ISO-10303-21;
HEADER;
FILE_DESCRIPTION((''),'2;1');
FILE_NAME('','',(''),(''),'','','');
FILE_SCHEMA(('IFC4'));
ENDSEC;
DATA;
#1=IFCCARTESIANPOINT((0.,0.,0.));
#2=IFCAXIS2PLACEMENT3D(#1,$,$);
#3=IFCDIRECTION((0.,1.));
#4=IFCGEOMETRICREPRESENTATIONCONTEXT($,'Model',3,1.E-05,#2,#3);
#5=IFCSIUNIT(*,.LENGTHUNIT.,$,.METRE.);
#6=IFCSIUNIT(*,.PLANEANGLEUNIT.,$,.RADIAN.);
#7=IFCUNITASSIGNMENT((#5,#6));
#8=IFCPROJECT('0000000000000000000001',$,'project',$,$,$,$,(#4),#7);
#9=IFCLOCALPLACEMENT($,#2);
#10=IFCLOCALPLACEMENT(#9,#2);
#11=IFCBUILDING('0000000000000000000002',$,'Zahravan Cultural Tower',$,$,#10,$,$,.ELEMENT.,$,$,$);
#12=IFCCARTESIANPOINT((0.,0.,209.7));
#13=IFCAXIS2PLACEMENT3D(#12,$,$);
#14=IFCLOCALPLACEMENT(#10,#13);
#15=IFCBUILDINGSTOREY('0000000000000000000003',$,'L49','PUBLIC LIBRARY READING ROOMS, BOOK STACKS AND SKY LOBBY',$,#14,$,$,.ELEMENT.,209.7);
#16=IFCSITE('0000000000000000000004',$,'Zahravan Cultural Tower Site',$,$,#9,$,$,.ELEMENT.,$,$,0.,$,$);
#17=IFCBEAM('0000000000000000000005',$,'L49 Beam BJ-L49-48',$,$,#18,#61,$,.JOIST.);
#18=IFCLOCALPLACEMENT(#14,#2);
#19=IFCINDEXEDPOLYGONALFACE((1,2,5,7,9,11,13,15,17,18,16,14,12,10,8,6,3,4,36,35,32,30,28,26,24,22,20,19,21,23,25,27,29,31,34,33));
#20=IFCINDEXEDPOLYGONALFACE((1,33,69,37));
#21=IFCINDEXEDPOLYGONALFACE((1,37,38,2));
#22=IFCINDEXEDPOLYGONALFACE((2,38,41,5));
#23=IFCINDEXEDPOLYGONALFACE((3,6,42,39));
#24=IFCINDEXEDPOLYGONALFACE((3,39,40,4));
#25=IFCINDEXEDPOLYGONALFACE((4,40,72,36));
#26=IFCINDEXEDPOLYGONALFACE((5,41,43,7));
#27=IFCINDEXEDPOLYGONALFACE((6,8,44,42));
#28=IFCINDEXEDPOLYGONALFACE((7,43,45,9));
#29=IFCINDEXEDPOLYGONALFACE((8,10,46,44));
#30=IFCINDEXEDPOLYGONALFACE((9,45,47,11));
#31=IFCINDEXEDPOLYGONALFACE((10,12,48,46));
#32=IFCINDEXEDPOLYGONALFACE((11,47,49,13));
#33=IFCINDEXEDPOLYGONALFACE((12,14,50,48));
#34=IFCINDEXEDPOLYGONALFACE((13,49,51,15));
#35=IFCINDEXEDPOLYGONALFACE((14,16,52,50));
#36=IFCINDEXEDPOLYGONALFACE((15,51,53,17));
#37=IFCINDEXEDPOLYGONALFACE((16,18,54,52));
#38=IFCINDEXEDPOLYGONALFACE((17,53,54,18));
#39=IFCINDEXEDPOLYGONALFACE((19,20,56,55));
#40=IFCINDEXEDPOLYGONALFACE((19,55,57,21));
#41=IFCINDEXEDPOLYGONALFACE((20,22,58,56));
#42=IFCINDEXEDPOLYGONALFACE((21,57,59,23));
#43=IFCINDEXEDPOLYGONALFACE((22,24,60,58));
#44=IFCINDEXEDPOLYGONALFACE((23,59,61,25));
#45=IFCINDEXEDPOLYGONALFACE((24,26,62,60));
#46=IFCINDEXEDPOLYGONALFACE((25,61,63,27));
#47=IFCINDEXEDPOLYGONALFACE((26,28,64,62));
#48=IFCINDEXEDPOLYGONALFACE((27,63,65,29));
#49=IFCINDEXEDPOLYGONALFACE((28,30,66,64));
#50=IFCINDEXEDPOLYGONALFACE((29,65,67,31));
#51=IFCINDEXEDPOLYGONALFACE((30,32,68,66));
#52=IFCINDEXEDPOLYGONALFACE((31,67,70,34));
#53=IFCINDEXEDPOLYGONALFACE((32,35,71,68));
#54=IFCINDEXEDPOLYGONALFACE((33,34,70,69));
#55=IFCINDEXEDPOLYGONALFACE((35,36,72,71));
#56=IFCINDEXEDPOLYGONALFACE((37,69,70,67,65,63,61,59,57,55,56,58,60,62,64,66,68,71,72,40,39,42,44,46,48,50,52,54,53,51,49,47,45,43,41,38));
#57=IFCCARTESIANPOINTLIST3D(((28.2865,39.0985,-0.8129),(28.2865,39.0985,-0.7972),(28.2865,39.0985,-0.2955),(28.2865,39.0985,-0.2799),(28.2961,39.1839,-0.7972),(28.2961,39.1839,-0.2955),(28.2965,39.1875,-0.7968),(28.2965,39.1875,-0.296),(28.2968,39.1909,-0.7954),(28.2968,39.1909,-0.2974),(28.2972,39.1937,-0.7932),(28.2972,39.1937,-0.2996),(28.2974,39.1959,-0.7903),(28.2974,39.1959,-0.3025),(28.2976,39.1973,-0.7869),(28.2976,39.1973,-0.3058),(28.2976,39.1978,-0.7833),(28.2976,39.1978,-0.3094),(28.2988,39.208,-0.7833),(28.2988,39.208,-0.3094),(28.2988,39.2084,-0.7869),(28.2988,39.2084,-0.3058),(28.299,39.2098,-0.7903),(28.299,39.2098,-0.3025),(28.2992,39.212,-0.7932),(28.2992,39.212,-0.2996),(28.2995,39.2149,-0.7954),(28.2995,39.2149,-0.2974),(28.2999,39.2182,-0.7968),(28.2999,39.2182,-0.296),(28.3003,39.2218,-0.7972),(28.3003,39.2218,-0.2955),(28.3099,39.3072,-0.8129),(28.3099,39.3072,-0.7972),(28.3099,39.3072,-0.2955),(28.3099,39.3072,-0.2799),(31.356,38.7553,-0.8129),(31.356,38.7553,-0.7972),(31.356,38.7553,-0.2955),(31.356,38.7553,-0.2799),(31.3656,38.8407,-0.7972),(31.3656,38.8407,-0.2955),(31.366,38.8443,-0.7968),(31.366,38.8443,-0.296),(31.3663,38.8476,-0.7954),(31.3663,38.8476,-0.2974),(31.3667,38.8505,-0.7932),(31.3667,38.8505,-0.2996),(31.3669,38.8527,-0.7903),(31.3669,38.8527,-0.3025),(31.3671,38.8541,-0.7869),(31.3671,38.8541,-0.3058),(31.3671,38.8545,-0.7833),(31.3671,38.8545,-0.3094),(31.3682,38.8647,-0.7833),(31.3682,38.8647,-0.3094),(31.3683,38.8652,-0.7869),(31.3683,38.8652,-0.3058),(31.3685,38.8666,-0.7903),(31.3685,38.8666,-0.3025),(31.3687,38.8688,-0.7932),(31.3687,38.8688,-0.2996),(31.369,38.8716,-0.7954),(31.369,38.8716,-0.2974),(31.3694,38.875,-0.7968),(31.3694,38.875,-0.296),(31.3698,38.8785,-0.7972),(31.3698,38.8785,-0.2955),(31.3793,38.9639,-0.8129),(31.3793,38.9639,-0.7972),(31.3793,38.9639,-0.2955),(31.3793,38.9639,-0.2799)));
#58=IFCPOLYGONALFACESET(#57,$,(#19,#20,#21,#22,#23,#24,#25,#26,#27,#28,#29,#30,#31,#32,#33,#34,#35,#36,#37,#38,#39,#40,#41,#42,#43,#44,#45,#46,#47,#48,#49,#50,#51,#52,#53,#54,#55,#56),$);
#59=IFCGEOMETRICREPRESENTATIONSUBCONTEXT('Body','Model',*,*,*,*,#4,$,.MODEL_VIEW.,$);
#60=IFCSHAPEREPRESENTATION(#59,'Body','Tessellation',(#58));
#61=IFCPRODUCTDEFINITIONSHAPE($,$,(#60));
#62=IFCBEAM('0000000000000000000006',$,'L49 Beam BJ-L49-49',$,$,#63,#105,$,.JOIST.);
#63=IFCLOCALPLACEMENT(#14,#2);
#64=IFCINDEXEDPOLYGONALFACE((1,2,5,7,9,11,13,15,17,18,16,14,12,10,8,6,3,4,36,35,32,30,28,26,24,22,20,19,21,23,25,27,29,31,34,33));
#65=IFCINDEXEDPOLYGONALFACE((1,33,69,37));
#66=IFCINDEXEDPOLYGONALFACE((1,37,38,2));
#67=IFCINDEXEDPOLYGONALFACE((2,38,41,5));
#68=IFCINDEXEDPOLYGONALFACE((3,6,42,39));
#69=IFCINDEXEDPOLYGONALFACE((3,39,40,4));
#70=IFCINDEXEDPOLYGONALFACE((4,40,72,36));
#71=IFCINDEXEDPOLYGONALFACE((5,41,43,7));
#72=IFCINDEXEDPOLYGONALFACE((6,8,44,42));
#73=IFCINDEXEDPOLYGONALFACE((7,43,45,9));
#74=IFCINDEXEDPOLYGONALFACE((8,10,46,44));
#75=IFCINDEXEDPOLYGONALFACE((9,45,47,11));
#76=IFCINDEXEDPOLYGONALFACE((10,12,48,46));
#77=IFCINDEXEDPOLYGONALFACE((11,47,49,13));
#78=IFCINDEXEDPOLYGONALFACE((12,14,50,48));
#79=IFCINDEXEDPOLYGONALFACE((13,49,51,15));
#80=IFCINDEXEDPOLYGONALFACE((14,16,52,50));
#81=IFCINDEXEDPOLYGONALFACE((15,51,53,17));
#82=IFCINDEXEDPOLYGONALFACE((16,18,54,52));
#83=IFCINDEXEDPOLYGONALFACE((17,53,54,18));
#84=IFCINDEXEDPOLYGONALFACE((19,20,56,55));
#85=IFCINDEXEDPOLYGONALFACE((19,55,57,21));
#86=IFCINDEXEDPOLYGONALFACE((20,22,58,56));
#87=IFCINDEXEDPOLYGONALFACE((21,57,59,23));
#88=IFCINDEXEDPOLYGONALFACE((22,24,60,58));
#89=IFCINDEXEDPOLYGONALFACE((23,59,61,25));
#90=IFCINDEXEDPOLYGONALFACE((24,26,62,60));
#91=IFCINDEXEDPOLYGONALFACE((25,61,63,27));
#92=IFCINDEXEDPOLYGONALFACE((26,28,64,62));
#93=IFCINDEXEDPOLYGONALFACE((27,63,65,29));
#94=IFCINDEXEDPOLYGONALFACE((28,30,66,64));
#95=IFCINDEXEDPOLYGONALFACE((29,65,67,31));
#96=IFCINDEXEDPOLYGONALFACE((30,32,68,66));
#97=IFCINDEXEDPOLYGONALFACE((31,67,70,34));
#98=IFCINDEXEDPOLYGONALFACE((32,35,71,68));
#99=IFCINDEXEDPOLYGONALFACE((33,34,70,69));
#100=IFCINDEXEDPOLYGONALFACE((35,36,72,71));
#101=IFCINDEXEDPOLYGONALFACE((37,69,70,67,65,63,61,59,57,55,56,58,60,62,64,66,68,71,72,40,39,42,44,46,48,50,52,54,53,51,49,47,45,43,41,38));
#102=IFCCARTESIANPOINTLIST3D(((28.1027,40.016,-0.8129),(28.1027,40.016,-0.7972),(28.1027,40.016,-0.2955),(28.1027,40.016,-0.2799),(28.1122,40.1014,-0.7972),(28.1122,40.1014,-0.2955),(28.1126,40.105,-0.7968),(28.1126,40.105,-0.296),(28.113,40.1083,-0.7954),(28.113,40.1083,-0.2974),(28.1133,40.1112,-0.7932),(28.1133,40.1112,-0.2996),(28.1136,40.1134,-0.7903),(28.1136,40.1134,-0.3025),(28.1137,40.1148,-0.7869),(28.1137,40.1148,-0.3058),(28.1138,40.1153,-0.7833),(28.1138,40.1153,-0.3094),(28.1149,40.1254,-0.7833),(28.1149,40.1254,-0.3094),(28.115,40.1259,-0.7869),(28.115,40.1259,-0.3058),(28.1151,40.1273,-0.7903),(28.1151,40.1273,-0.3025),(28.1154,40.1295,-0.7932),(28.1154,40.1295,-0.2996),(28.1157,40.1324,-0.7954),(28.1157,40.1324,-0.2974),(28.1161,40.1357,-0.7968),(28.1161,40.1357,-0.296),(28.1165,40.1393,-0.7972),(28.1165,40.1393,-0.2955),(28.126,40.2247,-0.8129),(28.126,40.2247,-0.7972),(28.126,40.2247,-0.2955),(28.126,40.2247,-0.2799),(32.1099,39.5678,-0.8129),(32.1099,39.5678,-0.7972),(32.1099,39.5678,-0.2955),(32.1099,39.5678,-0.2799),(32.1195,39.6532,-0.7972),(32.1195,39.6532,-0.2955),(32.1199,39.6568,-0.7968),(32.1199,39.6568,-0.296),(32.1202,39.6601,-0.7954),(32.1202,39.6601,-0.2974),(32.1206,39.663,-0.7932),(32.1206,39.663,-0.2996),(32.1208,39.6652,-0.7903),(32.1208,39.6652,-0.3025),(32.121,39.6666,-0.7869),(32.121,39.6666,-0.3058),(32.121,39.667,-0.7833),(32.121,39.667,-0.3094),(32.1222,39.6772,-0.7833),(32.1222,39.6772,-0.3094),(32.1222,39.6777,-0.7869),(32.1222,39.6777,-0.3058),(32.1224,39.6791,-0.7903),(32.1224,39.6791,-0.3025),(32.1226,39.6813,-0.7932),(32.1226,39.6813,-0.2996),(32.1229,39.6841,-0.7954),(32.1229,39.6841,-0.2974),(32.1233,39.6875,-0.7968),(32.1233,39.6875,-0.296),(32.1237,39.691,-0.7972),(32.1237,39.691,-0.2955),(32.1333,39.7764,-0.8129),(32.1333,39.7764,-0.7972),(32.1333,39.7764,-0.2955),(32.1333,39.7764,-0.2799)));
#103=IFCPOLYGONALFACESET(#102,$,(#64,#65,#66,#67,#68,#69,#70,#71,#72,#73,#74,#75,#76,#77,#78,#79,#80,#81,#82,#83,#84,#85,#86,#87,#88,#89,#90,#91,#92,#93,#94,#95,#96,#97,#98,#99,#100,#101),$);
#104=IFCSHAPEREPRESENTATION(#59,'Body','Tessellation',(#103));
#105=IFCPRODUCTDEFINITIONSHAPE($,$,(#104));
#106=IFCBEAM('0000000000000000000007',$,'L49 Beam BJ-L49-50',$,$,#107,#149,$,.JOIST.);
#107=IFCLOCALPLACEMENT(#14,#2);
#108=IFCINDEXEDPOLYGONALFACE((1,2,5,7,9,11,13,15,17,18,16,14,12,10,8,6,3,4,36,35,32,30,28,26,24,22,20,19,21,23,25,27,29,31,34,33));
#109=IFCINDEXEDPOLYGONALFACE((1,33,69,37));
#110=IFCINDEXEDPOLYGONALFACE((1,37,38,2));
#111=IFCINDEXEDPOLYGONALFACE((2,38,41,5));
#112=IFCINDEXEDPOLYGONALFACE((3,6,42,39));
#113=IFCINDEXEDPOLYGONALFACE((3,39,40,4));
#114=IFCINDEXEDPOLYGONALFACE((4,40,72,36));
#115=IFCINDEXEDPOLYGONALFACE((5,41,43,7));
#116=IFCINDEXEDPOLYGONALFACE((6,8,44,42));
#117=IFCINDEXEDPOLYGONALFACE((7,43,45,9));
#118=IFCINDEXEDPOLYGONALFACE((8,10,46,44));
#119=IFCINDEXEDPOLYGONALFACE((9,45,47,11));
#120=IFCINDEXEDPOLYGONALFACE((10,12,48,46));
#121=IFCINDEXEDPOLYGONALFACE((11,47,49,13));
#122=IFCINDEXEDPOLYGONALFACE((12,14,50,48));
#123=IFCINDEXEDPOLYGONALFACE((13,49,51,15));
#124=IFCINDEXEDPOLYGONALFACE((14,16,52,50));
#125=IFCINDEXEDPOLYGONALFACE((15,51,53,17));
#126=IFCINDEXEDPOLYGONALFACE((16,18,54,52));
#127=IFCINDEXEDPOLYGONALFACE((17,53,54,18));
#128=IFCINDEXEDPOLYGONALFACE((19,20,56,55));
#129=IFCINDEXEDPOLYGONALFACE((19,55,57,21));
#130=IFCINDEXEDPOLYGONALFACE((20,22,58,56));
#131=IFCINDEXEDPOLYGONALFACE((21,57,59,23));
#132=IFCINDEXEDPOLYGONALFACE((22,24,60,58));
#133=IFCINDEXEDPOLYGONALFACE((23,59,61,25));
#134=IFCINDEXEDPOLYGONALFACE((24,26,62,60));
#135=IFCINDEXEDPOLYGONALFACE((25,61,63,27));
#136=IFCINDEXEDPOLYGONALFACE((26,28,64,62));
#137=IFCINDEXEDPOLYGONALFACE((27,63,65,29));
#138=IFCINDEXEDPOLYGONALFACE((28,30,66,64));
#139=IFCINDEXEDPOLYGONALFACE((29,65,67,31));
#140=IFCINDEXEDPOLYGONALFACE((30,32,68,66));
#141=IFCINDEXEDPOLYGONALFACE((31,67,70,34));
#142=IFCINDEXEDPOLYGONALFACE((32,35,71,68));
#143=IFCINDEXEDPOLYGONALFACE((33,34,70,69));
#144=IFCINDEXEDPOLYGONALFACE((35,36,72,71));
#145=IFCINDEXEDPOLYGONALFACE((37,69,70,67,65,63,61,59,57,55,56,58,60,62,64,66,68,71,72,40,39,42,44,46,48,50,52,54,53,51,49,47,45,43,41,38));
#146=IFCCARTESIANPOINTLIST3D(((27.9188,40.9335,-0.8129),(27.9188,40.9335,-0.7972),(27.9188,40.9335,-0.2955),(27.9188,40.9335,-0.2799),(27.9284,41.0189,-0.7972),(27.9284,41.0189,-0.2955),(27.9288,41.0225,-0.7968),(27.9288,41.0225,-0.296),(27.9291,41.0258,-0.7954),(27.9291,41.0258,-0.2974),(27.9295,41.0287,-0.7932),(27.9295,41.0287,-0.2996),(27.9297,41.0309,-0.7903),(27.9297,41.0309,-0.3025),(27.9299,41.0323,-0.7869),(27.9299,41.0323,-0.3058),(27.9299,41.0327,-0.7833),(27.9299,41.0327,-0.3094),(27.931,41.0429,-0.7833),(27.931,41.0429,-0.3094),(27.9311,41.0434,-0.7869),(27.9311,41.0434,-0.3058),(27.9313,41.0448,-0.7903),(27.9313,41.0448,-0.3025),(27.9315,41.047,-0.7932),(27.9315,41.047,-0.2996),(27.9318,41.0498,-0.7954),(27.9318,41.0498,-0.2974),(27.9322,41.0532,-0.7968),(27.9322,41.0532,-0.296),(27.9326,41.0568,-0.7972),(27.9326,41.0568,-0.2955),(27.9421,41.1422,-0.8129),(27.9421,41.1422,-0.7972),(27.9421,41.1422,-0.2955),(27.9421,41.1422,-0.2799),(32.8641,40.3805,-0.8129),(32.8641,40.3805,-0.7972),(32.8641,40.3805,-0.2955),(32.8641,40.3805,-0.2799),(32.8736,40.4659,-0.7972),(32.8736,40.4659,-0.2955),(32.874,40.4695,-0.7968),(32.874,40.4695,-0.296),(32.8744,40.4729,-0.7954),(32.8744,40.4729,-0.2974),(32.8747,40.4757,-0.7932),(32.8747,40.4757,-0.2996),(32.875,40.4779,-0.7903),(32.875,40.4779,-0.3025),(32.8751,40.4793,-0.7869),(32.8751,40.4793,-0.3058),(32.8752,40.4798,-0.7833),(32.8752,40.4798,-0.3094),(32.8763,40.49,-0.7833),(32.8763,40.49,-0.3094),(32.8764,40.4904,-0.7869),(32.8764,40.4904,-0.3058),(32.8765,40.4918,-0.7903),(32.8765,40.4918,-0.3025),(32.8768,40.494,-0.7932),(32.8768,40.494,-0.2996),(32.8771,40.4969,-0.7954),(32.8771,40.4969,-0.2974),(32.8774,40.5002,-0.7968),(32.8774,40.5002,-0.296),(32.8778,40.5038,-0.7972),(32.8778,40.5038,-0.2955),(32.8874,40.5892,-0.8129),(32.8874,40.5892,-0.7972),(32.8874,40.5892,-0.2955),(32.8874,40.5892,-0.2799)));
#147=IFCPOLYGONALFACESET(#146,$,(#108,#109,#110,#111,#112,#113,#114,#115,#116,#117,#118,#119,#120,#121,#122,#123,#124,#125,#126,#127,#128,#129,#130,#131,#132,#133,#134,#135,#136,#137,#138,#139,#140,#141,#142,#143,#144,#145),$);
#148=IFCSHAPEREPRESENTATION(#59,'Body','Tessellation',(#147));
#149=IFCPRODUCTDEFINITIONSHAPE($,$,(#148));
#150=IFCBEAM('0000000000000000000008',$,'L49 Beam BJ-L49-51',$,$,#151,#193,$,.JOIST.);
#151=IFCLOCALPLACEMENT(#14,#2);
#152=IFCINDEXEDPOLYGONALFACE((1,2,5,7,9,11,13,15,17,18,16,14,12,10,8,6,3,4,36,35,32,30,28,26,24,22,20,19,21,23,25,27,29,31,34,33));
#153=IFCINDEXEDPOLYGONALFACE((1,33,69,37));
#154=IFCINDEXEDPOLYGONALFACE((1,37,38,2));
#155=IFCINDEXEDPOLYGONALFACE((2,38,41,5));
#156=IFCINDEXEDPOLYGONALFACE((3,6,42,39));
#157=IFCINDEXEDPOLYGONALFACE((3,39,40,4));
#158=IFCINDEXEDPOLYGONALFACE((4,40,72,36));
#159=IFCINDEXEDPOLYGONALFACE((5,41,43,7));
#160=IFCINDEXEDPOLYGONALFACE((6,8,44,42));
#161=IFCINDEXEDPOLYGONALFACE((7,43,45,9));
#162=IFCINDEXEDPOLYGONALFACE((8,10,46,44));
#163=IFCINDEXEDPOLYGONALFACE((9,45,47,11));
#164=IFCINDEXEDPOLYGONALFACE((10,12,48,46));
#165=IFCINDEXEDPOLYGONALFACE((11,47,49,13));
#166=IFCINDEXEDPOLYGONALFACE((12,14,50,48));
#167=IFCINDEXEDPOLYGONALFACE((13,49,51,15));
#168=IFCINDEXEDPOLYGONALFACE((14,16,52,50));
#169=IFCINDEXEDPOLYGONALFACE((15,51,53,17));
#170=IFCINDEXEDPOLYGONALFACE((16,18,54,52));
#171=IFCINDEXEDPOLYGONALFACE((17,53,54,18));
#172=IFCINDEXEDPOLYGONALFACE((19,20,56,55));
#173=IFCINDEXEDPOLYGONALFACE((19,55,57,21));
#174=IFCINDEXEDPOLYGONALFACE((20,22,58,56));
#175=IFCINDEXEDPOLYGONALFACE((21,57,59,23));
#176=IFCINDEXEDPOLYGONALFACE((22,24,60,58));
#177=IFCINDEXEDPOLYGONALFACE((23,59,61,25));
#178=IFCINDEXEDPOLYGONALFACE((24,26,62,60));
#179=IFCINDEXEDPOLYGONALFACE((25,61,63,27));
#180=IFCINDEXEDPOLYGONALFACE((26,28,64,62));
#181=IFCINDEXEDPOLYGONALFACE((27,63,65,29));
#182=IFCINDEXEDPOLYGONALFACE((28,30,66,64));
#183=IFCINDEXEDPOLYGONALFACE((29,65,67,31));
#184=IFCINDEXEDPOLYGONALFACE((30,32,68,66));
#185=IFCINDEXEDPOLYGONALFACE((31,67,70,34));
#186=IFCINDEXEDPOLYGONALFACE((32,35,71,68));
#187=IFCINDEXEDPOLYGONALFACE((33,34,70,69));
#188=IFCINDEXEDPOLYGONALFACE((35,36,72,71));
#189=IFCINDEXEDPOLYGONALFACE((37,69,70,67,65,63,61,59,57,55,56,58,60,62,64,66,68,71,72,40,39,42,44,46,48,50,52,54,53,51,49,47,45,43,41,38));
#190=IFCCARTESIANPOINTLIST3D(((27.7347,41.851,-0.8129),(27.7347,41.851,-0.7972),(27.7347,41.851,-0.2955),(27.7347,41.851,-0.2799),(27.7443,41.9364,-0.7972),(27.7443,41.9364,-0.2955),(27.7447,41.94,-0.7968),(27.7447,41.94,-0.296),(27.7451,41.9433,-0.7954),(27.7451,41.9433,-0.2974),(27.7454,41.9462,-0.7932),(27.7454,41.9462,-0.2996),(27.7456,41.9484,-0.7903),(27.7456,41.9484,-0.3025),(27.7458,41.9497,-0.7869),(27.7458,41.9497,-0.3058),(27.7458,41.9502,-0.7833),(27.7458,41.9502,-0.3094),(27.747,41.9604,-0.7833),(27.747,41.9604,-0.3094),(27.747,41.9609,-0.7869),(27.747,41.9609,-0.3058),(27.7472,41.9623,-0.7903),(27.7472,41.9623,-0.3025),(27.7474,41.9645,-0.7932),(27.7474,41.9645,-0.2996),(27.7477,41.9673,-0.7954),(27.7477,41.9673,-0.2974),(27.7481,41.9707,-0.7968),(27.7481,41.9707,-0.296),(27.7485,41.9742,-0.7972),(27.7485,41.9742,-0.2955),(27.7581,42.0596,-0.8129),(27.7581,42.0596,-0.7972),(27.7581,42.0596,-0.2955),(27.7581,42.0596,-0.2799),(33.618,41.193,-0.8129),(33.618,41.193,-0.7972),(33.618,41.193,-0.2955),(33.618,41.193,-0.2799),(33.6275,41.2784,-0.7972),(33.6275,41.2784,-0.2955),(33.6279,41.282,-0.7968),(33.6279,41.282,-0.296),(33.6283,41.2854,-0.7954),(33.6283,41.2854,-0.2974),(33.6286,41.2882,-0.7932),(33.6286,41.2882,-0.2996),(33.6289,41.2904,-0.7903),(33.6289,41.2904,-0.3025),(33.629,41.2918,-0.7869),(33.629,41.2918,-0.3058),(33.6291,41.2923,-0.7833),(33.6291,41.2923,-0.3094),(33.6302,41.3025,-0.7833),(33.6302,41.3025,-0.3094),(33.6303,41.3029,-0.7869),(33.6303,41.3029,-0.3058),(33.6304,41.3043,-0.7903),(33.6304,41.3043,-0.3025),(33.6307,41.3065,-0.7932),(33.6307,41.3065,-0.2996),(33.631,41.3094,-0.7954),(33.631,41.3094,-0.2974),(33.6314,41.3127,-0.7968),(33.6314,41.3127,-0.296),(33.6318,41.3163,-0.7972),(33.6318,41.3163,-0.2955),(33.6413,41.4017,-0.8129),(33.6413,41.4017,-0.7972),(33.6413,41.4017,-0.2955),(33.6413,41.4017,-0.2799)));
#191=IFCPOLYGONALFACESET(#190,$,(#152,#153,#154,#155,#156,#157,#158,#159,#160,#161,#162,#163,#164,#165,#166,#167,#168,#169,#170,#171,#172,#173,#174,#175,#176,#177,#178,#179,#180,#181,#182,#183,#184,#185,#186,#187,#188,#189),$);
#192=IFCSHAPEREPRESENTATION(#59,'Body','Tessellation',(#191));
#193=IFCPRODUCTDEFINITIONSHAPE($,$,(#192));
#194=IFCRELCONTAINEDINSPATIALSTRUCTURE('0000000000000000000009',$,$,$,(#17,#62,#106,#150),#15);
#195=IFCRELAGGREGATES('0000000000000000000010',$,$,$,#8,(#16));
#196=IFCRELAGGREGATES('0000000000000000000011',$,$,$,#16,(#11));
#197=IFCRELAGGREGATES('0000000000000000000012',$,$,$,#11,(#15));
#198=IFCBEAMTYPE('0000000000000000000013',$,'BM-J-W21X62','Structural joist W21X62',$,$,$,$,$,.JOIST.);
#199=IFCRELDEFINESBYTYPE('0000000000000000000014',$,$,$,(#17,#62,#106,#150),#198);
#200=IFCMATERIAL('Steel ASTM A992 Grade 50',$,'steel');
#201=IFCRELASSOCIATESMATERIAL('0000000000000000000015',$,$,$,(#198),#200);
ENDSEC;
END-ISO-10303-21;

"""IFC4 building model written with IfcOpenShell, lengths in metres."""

from ifc_helpers import new_model, si_unit, direction, frame, origin, origin_2d, place, context, subcontext, project, spatial, i_section, extrude, source, transform, mapped, material, material_profile, profile_set, type_object, element, save


model = new_model("IFC4")

# Units and contexts
model_context = context("Model", 3, precision=1e-05, world=origin(), true_north=direction((0.0, 1.0)))
body_context = subcontext(model_context, "Body", "Model", "MODEL_VIEW")
ifc_project = project(units=[si_unit("LENGTHUNIT", "METRE"), si_unit("PLANEANGLEUNIT", "RADIAN")], contexts=[model_context])

# Site, building, storey
site_placement = place(None, origin())
site = spatial("IfcSite", under=ifc_project, at=site_placement, Name="Zahravan Cultural Tower Site", CompositionType="ELEMENT", RefElevation=0.0)
building_placement = place(site_placement, origin())
building = spatial("IfcBuilding", under=site, at=building_placement, Name="Zahravan Cultural Tower", CompositionType="ELEMENT")
storey_placement = place(building_placement, frame((0.0, 0.0, 209.7)))
storey = spatial("IfcBuildingStorey", under=building, at=storey_placement, Name="L49", Description="PUBLIC LIBRARY READING ROOMS, BOOK STACKS AND SKY LOBBY", CompositionType="ELEMENT", Elevation=209.7)

# Beams
ifc_material_1 = material(Name="Steel ASTM A992 Grade 50", Category="steel")
ifc_material_profile_1 = material_profile(ifc_material_1, i_section(OverallWidth=0.21, OverallDepth=0.533, WebThickness=0.0103, FlangeThickness=0.0156, FilletRadius=0.0139, at=origin_2d()), Name="W21X62")
ifc_profile_set_1 = profile_set([ifc_material_profile_1], Name="Steel ASTM A992 Grade 50")
beam_type_1 = type_object("IfcBeamType", Name="BM-J-W21X62", Description="Structural joist W21X62", PredefinedType="JOIST", material=ifc_profile_set_1)
shared_shape_1 = source(origin(), body_context, "Body", "SweptSolid", [
    extrude(i_section(OverallWidth=0.21, OverallDepth=0.533, WebThickness=0.0103, FlangeThickness=0.0156, FilletRadius=0.0139, at=origin_2d()), origin(), (0.0, 0.0, 1.0), 3.0886),
])
beam_1_placement = place(storey_placement, frame((31.3677, 38.8596, -0.5464), z_axis=(-0.993805, 0.111134, 0.0), x_axis=(-0.111134, -0.993805, 0.0)))
element("IfcBeam", 1, at=beam_1_placement, inside=storey, type_object=beam_type_1, Name="L49 Beam BJ-L49-48", PredefinedType="JOIST", context=body_context, shape_type="MappedRepresentation", body=[
    mapped(shared_shape_1, transform((0.0, 0.0, 0.0), x_axis=(1.0, 0.0, 0.0), y_axis=(0.0, 1.0, 0.0), z_axis=(0.0, 0.0, 1.0), scale=1.0)),
])
shared_shape_2 = source(origin(), body_context, "Body", "SweptSolid", [
    extrude(i_section(OverallWidth=0.21, OverallDepth=0.533, WebThickness=0.0103, FlangeThickness=0.0156, FilletRadius=0.0139, at=origin_2d()), origin(), (0.0, 0.0, 1.0), 4.0322),
])
beam_2_placement = place(storey_placement, frame((32.1216, 39.6721, -0.5464), z_axis=(-0.993802, 0.111162, 0.0), x_axis=(-0.111162, -0.993802, 0.0)))
element("IfcBeam", 2, at=beam_2_placement, inside=storey, type_object=beam_type_1, Name="L49 Beam BJ-L49-49", PredefinedType="JOIST", context=body_context, shape_type="MappedRepresentation", body=[
    mapped(shared_shape_2, transform((0.0, 0.0, 0.0), x_axis=(1.0, 0.0, 0.0), y_axis=(0.0, 1.0, 0.0), z_axis=(0.0, 0.0, 1.0), scale=1.0)),
])
shared_shape_3 = source(origin(), body_context, "Body", "SweptSolid", [
    extrude(i_section(OverallWidth=0.21, OverallDepth=0.533, WebThickness=0.0103, FlangeThickness=0.0156, FilletRadius=0.0139, at=origin_2d()), origin(), (0.0, 0.0, 1.0), 4.9761),
])
beam_3_placement = place(storey_placement, frame((32.8757, 40.4849, -0.5464), z_axis=(-0.993806, 0.111126, 0.0), x_axis=(-0.111126, -0.993806, 0.0)))
element("IfcBeam", 3, at=beam_3_placement, inside=storey, type_object=beam_type_1, Name="L49 Beam BJ-L49-50", PredefinedType="JOIST", context=body_context, shape_type="MappedRepresentation", body=[
    mapped(shared_shape_3, transform((0.0, 0.0, 0.0), x_axis=(1.0, 0.0, 0.0), y_axis=(0.0, 1.0, 0.0), z_axis=(0.0, 0.0, 1.0), scale=1.0)),
])
shared_shape_4 = source(origin(), body_context, "Body", "SweptSolid", [
    extrude(i_section(OverallWidth=0.21, OverallDepth=0.533, WebThickness=0.0103, FlangeThickness=0.0156, FilletRadius=0.0139, at=origin_2d()), origin(), (0.0, 0.0, 1.0), 5.9199),
])
beam_4_placement = place(storey_placement, frame((33.6296, 41.2974, -0.5464), z_axis=(-0.993805, 0.111142, 0.0), x_axis=(-0.111142, -0.993805, 0.0)))
element("IfcBeam", 4, at=beam_4_placement, inside=storey, type_object=beam_type_1, Name="L49 Beam BJ-L49-51", PredefinedType="JOIST", context=body_context, shape_type="MappedRepresentation", body=[
    mapped(shared_shape_4, transform((0.0, 0.0, 0.0), x_axis=(1.0, 0.0, 0.0), y_axis=(0.0, 1.0, 0.0), z_axis=(0.0, 0.0, 1.0), scale=1.0)),
])

save(model, "model.ifc")
